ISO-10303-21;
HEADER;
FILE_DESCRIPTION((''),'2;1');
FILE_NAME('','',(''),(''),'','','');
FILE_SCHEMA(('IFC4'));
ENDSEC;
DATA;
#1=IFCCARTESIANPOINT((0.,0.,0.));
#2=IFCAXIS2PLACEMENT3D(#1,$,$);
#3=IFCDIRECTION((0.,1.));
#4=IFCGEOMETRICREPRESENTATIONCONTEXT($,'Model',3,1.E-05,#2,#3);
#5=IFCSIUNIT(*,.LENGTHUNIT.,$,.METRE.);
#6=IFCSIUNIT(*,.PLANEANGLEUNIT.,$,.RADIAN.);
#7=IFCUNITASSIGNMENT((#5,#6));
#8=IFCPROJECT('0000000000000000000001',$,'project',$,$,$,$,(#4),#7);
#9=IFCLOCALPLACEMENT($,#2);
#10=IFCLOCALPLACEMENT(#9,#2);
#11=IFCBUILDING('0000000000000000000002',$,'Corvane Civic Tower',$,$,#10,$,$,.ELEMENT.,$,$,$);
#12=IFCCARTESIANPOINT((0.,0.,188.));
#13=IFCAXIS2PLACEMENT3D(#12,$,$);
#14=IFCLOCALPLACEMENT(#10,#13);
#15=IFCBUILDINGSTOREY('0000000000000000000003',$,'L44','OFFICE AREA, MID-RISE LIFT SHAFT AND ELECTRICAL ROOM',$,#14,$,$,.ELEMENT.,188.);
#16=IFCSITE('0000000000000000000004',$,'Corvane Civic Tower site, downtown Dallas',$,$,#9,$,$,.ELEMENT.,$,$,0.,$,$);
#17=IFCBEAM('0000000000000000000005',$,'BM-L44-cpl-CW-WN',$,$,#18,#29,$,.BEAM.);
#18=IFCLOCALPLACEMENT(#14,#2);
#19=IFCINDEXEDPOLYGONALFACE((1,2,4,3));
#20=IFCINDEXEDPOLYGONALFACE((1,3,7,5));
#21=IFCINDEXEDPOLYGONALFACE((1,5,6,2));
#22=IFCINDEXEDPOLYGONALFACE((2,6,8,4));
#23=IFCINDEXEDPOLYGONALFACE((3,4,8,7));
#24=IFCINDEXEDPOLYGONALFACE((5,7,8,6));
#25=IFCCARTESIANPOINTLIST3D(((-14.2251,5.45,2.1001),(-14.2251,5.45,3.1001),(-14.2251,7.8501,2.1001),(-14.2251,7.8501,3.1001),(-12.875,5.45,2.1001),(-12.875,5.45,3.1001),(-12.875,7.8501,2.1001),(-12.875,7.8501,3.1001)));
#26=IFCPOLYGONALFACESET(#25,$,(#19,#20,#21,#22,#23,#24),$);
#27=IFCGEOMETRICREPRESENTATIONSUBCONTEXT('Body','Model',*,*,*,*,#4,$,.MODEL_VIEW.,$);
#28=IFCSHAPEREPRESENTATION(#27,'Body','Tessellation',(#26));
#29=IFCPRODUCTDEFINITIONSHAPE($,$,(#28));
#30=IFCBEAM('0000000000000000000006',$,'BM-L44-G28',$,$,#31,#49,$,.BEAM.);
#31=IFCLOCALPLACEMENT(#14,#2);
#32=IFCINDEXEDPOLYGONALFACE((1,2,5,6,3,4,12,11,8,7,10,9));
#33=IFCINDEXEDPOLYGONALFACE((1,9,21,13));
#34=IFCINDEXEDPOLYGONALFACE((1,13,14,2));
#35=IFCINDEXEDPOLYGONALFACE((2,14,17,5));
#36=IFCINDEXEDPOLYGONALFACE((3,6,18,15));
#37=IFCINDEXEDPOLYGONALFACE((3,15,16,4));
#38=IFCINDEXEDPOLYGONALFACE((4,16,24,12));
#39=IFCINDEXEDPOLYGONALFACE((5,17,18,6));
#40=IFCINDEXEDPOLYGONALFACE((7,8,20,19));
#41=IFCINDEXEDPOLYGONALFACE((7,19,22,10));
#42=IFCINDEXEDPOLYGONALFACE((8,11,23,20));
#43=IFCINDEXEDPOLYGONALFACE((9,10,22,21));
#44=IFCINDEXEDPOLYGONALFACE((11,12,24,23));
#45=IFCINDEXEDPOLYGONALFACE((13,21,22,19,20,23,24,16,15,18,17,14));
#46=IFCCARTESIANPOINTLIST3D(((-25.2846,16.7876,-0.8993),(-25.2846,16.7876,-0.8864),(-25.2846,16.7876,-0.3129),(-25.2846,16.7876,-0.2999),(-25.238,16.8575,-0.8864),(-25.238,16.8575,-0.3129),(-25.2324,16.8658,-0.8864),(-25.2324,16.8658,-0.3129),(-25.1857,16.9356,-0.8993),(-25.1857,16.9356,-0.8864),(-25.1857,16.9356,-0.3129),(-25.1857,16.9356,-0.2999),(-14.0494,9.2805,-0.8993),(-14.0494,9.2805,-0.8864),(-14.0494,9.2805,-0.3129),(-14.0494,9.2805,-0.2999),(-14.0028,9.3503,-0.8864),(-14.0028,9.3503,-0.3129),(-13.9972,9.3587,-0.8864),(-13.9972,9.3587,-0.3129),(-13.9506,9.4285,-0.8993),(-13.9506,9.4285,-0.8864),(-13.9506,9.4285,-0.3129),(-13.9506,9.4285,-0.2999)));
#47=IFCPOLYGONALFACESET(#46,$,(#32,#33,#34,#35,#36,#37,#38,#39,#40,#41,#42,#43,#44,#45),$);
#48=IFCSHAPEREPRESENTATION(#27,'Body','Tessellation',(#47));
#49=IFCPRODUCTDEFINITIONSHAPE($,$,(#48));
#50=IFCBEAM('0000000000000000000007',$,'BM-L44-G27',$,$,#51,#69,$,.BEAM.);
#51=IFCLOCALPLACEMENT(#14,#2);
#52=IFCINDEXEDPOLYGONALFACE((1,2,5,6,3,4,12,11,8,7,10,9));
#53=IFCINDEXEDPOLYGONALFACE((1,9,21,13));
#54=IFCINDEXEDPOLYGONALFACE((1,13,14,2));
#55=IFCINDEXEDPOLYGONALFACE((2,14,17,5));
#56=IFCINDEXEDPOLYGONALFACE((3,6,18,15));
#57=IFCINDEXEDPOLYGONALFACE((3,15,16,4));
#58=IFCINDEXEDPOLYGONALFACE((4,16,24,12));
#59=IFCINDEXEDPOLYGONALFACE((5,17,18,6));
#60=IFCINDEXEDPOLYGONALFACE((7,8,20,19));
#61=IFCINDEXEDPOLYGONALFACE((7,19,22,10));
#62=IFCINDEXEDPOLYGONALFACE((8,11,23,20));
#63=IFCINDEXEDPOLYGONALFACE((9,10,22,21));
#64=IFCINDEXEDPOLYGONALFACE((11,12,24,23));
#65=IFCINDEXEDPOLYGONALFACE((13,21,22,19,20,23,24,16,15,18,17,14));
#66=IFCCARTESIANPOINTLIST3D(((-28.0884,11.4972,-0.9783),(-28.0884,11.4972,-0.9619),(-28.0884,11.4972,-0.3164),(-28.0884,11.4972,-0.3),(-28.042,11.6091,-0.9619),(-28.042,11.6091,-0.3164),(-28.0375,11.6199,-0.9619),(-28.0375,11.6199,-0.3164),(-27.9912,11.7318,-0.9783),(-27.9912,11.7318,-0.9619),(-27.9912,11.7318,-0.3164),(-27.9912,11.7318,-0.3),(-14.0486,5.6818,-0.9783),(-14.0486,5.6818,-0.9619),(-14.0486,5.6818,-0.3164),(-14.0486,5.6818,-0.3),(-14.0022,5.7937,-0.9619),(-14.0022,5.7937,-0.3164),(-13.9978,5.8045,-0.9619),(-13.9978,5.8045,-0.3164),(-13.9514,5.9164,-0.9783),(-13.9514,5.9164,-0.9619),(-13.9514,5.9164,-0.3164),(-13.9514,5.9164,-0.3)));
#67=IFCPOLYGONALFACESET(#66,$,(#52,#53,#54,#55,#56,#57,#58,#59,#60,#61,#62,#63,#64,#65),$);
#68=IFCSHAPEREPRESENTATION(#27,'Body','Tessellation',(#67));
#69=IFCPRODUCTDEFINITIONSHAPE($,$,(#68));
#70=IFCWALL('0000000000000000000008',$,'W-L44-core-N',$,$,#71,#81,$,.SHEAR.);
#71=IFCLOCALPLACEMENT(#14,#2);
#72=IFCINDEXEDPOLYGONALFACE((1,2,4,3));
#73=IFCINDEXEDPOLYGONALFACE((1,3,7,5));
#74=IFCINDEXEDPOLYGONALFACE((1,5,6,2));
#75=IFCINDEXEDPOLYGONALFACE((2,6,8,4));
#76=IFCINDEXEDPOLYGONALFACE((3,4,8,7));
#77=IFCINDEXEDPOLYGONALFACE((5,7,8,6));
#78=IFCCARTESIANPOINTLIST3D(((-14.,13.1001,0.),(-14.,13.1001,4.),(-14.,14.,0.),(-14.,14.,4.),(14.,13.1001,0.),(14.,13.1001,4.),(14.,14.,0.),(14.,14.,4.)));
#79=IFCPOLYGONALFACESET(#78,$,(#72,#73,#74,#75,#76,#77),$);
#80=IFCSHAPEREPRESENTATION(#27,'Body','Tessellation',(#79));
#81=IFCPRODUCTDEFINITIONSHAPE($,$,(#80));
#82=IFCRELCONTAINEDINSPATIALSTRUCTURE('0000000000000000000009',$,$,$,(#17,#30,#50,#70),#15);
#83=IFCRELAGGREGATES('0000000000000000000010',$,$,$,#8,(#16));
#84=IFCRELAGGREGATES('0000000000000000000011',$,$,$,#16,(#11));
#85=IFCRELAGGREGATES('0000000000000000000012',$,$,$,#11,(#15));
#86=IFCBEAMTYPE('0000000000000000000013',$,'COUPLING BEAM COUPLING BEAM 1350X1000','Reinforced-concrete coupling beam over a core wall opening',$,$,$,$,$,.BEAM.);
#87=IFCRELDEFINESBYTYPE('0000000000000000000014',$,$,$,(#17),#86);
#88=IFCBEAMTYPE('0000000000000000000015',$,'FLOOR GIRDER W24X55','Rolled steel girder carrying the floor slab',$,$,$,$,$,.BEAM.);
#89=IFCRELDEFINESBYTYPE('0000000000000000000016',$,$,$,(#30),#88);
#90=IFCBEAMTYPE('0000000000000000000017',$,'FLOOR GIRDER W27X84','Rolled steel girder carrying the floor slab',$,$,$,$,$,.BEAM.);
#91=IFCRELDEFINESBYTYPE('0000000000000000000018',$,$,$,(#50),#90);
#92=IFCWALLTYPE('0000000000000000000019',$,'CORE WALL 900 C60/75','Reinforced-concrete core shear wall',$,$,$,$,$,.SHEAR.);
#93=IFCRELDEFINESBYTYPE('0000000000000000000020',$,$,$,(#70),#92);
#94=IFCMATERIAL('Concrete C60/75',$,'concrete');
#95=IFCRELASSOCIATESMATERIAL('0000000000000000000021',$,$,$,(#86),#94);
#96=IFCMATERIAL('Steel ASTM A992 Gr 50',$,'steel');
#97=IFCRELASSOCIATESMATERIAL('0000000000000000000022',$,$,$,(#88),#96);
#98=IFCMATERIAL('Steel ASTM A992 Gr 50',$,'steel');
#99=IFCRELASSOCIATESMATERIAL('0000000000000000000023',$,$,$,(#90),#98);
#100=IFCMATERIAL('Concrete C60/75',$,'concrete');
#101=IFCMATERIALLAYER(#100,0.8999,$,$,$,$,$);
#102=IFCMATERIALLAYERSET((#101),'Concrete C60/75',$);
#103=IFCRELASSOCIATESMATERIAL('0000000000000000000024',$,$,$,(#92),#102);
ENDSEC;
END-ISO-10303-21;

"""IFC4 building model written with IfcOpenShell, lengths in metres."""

from ifc_helpers import new_model, si_unit, direction, frame, frame_2d, origin, origin_2d, place, context, subcontext, project, spatial, rectangle, i_section, extrude, material, layer, layer_set, material_profile, profile_set, type_object, element, save


model = new_model("IFC4")

# Units and contexts
model_context = context("Model", 3, precision=1e-05, world=origin(), true_north=direction((0.0, 1.0)))
body_context = subcontext(model_context, "Body", "Model", "MODEL_VIEW")
ifc_project = project(units=[si_unit("LENGTHUNIT", "METRE"), si_unit("PLANEANGLEUNIT", "RADIAN")], contexts=[model_context])

# Site, building, storey
site_placement = place(None, origin())
site = spatial("IfcSite", under=ifc_project, at=site_placement, Name="Corvane Civic Tower site, downtown Dallas", CompositionType="ELEMENT", RefElevation=0.0)
building_placement = place(site_placement, origin())
building = spatial("IfcBuilding", under=site, at=building_placement, Name="Corvane Civic Tower", CompositionType="ELEMENT")
storey_placement = place(building_placement, frame((0.0, 0.0, 188.0)))
storey = spatial("IfcBuildingStorey", under=building, at=storey_placement, Name="L44", Description="OFFICE AREA, MID-RISE LIFT SHAFT AND ELECTRICAL ROOM", CompositionType="ELEMENT", Elevation=188.0)

# Beams
ifc_material_1 = material(Name="Concrete C60/75", Category="concrete")
ifc_material_profile_1 = material_profile(ifc_material_1, rectangle(XDim=1.3501, YDim=1.0, at=origin_2d()), Name="COUPLING BEAM 1350X1000")
ifc_profile_set_1 = profile_set([ifc_material_profile_1], Name="Concrete C60/75")
beam_type_1 = type_object("IfcBeamType", Name="COUPLING BEAM COUPLING BEAM 1350X1000", Description="Reinforced-concrete coupling beam over a core wall opening", PredefinedType="BEAM", material=ifc_profile_set_1)
beam_1_placement = place(storey_placement, frame((-13.55, 5.45, 2.6001), z_axis=(0.0, 1.0, 0.0), x_axis=(-1.0, 0.0, 0.0)))
element("IfcBeam", 1, at=beam_1_placement, inside=storey, type_object=beam_type_1, Name="BM-L44-cpl-CW-WN", PredefinedType="BEAM", context=body_context, shape_type="SweptSolid", body=[
    extrude(rectangle(XDim=1.3501, YDim=1.0, at=origin_2d()), origin(), (0.0, 0.0, 1.0), 2.4001),
])
ifc_material_2 = material(Name="Steel ASTM A992 Gr 50", Category="steel")
ifc_material_profile_2 = material_profile(ifc_material_2, i_section(OverallWidth=0.178, OverallDepth=0.5994, WebThickness=0.01, FlangeThickness=0.0129, at=origin_2d()), Name="W24X55")
ifc_profile_set_2 = profile_set([ifc_material_profile_2], Name="Steel ASTM A992 Gr 50")
beam_type_2 = type_object("IfcBeamType", Name="FLOOR GIRDER W24X55", Description="Rolled steel girder carrying the floor slab", PredefinedType="BEAM", material=ifc_profile_set_2)
beam_2_placement = place(storey_placement, frame((-14.0, 9.3545, -0.5996), z_axis=(-0.831469, 0.555571, 0.0), x_axis=(-0.555571, -0.831469, 0.0)))
element("IfcBeam", 2, at=beam_2_placement, inside=storey, type_object=beam_type_2, Name="BM-L44-G28", PredefinedType="BEAM", context=body_context, shape_type="SweptSolid", body=[
    extrude(i_section(OverallWidth=0.178, OverallDepth=0.5994, WebThickness=0.01, FlangeThickness=0.0129, at=origin_2d()), origin(), (0.0, 0.0, 1.0), 13.5125),
])
ifc_material_3 = material(Name="Steel ASTM A992 Gr 50", Category="steel")
ifc_material_profile_3 = material_profile(ifc_material_3, i_section(OverallWidth=0.2539, OverallDepth=0.6782, WebThickness=0.0117, FlangeThickness=0.0164, at=origin_2d()), Name="W27X84")
ifc_profile_set_3 = profile_set([ifc_material_profile_3], Name="Steel ASTM A992 Gr 50")
beam_type_3 = type_object("IfcBeamType", Name="FLOOR GIRDER W27X84", Description="Rolled steel girder carrying the floor slab", PredefinedType="BEAM", material=ifc_profile_set_3)
beam_3_placement = place(storey_placement, frame((-14.0, 5.7991, -0.6392), z_axis=(-0.923881, 0.382681, 0.0), x_axis=(-0.382681, -0.923881, 0.0)))
element("IfcBeam", 3, at=beam_3_placement, inside=storey, type_object=beam_type_3, Name="BM-L44-G27", PredefinedType="BEAM", context=body_context, shape_type="SweptSolid", body=[
    extrude(i_section(OverallWidth=0.2539, OverallDepth=0.6782, WebThickness=0.0117, FlangeThickness=0.0164, at=origin_2d()), origin(), (0.0, 0.0, 1.0), 15.1965),
])

# Wall
ifc_material_4 = material(Name="Concrete C60/75", Category="concrete")
ifc_layer_1 = layer(ifc_material_4, 0.8999)
ifc_layer_set_1 = layer_set([ifc_layer_1], Name="Concrete C60/75")
wall_type_1 = type_object("IfcWallType", Name="CORE WALL 900 C60/75", Description="Reinforced-concrete core shear wall", PredefinedType="SHEAR", material=ifc_layer_set_1)
wall_1_placement = place(storey_placement, frame((-14.0, 13.55, 0.0), z_axis=(0.0, 0.0, 1.0), x_axis=(1.0, 0.0, 0.0)))
element("IfcWall", 4, at=wall_1_placement, inside=storey, type_object=wall_type_1, Name="W-L44-core-N", PredefinedType="SHEAR", context=body_context, shape_type="SweptSolid", body=[
    extrude(rectangle(XDim=28.0, YDim=0.8999, at=frame_2d((14.0, 0.0))), origin(), (0.0, 0.0, 1.0), 4.0),
])

save(model, "model.ifc")
